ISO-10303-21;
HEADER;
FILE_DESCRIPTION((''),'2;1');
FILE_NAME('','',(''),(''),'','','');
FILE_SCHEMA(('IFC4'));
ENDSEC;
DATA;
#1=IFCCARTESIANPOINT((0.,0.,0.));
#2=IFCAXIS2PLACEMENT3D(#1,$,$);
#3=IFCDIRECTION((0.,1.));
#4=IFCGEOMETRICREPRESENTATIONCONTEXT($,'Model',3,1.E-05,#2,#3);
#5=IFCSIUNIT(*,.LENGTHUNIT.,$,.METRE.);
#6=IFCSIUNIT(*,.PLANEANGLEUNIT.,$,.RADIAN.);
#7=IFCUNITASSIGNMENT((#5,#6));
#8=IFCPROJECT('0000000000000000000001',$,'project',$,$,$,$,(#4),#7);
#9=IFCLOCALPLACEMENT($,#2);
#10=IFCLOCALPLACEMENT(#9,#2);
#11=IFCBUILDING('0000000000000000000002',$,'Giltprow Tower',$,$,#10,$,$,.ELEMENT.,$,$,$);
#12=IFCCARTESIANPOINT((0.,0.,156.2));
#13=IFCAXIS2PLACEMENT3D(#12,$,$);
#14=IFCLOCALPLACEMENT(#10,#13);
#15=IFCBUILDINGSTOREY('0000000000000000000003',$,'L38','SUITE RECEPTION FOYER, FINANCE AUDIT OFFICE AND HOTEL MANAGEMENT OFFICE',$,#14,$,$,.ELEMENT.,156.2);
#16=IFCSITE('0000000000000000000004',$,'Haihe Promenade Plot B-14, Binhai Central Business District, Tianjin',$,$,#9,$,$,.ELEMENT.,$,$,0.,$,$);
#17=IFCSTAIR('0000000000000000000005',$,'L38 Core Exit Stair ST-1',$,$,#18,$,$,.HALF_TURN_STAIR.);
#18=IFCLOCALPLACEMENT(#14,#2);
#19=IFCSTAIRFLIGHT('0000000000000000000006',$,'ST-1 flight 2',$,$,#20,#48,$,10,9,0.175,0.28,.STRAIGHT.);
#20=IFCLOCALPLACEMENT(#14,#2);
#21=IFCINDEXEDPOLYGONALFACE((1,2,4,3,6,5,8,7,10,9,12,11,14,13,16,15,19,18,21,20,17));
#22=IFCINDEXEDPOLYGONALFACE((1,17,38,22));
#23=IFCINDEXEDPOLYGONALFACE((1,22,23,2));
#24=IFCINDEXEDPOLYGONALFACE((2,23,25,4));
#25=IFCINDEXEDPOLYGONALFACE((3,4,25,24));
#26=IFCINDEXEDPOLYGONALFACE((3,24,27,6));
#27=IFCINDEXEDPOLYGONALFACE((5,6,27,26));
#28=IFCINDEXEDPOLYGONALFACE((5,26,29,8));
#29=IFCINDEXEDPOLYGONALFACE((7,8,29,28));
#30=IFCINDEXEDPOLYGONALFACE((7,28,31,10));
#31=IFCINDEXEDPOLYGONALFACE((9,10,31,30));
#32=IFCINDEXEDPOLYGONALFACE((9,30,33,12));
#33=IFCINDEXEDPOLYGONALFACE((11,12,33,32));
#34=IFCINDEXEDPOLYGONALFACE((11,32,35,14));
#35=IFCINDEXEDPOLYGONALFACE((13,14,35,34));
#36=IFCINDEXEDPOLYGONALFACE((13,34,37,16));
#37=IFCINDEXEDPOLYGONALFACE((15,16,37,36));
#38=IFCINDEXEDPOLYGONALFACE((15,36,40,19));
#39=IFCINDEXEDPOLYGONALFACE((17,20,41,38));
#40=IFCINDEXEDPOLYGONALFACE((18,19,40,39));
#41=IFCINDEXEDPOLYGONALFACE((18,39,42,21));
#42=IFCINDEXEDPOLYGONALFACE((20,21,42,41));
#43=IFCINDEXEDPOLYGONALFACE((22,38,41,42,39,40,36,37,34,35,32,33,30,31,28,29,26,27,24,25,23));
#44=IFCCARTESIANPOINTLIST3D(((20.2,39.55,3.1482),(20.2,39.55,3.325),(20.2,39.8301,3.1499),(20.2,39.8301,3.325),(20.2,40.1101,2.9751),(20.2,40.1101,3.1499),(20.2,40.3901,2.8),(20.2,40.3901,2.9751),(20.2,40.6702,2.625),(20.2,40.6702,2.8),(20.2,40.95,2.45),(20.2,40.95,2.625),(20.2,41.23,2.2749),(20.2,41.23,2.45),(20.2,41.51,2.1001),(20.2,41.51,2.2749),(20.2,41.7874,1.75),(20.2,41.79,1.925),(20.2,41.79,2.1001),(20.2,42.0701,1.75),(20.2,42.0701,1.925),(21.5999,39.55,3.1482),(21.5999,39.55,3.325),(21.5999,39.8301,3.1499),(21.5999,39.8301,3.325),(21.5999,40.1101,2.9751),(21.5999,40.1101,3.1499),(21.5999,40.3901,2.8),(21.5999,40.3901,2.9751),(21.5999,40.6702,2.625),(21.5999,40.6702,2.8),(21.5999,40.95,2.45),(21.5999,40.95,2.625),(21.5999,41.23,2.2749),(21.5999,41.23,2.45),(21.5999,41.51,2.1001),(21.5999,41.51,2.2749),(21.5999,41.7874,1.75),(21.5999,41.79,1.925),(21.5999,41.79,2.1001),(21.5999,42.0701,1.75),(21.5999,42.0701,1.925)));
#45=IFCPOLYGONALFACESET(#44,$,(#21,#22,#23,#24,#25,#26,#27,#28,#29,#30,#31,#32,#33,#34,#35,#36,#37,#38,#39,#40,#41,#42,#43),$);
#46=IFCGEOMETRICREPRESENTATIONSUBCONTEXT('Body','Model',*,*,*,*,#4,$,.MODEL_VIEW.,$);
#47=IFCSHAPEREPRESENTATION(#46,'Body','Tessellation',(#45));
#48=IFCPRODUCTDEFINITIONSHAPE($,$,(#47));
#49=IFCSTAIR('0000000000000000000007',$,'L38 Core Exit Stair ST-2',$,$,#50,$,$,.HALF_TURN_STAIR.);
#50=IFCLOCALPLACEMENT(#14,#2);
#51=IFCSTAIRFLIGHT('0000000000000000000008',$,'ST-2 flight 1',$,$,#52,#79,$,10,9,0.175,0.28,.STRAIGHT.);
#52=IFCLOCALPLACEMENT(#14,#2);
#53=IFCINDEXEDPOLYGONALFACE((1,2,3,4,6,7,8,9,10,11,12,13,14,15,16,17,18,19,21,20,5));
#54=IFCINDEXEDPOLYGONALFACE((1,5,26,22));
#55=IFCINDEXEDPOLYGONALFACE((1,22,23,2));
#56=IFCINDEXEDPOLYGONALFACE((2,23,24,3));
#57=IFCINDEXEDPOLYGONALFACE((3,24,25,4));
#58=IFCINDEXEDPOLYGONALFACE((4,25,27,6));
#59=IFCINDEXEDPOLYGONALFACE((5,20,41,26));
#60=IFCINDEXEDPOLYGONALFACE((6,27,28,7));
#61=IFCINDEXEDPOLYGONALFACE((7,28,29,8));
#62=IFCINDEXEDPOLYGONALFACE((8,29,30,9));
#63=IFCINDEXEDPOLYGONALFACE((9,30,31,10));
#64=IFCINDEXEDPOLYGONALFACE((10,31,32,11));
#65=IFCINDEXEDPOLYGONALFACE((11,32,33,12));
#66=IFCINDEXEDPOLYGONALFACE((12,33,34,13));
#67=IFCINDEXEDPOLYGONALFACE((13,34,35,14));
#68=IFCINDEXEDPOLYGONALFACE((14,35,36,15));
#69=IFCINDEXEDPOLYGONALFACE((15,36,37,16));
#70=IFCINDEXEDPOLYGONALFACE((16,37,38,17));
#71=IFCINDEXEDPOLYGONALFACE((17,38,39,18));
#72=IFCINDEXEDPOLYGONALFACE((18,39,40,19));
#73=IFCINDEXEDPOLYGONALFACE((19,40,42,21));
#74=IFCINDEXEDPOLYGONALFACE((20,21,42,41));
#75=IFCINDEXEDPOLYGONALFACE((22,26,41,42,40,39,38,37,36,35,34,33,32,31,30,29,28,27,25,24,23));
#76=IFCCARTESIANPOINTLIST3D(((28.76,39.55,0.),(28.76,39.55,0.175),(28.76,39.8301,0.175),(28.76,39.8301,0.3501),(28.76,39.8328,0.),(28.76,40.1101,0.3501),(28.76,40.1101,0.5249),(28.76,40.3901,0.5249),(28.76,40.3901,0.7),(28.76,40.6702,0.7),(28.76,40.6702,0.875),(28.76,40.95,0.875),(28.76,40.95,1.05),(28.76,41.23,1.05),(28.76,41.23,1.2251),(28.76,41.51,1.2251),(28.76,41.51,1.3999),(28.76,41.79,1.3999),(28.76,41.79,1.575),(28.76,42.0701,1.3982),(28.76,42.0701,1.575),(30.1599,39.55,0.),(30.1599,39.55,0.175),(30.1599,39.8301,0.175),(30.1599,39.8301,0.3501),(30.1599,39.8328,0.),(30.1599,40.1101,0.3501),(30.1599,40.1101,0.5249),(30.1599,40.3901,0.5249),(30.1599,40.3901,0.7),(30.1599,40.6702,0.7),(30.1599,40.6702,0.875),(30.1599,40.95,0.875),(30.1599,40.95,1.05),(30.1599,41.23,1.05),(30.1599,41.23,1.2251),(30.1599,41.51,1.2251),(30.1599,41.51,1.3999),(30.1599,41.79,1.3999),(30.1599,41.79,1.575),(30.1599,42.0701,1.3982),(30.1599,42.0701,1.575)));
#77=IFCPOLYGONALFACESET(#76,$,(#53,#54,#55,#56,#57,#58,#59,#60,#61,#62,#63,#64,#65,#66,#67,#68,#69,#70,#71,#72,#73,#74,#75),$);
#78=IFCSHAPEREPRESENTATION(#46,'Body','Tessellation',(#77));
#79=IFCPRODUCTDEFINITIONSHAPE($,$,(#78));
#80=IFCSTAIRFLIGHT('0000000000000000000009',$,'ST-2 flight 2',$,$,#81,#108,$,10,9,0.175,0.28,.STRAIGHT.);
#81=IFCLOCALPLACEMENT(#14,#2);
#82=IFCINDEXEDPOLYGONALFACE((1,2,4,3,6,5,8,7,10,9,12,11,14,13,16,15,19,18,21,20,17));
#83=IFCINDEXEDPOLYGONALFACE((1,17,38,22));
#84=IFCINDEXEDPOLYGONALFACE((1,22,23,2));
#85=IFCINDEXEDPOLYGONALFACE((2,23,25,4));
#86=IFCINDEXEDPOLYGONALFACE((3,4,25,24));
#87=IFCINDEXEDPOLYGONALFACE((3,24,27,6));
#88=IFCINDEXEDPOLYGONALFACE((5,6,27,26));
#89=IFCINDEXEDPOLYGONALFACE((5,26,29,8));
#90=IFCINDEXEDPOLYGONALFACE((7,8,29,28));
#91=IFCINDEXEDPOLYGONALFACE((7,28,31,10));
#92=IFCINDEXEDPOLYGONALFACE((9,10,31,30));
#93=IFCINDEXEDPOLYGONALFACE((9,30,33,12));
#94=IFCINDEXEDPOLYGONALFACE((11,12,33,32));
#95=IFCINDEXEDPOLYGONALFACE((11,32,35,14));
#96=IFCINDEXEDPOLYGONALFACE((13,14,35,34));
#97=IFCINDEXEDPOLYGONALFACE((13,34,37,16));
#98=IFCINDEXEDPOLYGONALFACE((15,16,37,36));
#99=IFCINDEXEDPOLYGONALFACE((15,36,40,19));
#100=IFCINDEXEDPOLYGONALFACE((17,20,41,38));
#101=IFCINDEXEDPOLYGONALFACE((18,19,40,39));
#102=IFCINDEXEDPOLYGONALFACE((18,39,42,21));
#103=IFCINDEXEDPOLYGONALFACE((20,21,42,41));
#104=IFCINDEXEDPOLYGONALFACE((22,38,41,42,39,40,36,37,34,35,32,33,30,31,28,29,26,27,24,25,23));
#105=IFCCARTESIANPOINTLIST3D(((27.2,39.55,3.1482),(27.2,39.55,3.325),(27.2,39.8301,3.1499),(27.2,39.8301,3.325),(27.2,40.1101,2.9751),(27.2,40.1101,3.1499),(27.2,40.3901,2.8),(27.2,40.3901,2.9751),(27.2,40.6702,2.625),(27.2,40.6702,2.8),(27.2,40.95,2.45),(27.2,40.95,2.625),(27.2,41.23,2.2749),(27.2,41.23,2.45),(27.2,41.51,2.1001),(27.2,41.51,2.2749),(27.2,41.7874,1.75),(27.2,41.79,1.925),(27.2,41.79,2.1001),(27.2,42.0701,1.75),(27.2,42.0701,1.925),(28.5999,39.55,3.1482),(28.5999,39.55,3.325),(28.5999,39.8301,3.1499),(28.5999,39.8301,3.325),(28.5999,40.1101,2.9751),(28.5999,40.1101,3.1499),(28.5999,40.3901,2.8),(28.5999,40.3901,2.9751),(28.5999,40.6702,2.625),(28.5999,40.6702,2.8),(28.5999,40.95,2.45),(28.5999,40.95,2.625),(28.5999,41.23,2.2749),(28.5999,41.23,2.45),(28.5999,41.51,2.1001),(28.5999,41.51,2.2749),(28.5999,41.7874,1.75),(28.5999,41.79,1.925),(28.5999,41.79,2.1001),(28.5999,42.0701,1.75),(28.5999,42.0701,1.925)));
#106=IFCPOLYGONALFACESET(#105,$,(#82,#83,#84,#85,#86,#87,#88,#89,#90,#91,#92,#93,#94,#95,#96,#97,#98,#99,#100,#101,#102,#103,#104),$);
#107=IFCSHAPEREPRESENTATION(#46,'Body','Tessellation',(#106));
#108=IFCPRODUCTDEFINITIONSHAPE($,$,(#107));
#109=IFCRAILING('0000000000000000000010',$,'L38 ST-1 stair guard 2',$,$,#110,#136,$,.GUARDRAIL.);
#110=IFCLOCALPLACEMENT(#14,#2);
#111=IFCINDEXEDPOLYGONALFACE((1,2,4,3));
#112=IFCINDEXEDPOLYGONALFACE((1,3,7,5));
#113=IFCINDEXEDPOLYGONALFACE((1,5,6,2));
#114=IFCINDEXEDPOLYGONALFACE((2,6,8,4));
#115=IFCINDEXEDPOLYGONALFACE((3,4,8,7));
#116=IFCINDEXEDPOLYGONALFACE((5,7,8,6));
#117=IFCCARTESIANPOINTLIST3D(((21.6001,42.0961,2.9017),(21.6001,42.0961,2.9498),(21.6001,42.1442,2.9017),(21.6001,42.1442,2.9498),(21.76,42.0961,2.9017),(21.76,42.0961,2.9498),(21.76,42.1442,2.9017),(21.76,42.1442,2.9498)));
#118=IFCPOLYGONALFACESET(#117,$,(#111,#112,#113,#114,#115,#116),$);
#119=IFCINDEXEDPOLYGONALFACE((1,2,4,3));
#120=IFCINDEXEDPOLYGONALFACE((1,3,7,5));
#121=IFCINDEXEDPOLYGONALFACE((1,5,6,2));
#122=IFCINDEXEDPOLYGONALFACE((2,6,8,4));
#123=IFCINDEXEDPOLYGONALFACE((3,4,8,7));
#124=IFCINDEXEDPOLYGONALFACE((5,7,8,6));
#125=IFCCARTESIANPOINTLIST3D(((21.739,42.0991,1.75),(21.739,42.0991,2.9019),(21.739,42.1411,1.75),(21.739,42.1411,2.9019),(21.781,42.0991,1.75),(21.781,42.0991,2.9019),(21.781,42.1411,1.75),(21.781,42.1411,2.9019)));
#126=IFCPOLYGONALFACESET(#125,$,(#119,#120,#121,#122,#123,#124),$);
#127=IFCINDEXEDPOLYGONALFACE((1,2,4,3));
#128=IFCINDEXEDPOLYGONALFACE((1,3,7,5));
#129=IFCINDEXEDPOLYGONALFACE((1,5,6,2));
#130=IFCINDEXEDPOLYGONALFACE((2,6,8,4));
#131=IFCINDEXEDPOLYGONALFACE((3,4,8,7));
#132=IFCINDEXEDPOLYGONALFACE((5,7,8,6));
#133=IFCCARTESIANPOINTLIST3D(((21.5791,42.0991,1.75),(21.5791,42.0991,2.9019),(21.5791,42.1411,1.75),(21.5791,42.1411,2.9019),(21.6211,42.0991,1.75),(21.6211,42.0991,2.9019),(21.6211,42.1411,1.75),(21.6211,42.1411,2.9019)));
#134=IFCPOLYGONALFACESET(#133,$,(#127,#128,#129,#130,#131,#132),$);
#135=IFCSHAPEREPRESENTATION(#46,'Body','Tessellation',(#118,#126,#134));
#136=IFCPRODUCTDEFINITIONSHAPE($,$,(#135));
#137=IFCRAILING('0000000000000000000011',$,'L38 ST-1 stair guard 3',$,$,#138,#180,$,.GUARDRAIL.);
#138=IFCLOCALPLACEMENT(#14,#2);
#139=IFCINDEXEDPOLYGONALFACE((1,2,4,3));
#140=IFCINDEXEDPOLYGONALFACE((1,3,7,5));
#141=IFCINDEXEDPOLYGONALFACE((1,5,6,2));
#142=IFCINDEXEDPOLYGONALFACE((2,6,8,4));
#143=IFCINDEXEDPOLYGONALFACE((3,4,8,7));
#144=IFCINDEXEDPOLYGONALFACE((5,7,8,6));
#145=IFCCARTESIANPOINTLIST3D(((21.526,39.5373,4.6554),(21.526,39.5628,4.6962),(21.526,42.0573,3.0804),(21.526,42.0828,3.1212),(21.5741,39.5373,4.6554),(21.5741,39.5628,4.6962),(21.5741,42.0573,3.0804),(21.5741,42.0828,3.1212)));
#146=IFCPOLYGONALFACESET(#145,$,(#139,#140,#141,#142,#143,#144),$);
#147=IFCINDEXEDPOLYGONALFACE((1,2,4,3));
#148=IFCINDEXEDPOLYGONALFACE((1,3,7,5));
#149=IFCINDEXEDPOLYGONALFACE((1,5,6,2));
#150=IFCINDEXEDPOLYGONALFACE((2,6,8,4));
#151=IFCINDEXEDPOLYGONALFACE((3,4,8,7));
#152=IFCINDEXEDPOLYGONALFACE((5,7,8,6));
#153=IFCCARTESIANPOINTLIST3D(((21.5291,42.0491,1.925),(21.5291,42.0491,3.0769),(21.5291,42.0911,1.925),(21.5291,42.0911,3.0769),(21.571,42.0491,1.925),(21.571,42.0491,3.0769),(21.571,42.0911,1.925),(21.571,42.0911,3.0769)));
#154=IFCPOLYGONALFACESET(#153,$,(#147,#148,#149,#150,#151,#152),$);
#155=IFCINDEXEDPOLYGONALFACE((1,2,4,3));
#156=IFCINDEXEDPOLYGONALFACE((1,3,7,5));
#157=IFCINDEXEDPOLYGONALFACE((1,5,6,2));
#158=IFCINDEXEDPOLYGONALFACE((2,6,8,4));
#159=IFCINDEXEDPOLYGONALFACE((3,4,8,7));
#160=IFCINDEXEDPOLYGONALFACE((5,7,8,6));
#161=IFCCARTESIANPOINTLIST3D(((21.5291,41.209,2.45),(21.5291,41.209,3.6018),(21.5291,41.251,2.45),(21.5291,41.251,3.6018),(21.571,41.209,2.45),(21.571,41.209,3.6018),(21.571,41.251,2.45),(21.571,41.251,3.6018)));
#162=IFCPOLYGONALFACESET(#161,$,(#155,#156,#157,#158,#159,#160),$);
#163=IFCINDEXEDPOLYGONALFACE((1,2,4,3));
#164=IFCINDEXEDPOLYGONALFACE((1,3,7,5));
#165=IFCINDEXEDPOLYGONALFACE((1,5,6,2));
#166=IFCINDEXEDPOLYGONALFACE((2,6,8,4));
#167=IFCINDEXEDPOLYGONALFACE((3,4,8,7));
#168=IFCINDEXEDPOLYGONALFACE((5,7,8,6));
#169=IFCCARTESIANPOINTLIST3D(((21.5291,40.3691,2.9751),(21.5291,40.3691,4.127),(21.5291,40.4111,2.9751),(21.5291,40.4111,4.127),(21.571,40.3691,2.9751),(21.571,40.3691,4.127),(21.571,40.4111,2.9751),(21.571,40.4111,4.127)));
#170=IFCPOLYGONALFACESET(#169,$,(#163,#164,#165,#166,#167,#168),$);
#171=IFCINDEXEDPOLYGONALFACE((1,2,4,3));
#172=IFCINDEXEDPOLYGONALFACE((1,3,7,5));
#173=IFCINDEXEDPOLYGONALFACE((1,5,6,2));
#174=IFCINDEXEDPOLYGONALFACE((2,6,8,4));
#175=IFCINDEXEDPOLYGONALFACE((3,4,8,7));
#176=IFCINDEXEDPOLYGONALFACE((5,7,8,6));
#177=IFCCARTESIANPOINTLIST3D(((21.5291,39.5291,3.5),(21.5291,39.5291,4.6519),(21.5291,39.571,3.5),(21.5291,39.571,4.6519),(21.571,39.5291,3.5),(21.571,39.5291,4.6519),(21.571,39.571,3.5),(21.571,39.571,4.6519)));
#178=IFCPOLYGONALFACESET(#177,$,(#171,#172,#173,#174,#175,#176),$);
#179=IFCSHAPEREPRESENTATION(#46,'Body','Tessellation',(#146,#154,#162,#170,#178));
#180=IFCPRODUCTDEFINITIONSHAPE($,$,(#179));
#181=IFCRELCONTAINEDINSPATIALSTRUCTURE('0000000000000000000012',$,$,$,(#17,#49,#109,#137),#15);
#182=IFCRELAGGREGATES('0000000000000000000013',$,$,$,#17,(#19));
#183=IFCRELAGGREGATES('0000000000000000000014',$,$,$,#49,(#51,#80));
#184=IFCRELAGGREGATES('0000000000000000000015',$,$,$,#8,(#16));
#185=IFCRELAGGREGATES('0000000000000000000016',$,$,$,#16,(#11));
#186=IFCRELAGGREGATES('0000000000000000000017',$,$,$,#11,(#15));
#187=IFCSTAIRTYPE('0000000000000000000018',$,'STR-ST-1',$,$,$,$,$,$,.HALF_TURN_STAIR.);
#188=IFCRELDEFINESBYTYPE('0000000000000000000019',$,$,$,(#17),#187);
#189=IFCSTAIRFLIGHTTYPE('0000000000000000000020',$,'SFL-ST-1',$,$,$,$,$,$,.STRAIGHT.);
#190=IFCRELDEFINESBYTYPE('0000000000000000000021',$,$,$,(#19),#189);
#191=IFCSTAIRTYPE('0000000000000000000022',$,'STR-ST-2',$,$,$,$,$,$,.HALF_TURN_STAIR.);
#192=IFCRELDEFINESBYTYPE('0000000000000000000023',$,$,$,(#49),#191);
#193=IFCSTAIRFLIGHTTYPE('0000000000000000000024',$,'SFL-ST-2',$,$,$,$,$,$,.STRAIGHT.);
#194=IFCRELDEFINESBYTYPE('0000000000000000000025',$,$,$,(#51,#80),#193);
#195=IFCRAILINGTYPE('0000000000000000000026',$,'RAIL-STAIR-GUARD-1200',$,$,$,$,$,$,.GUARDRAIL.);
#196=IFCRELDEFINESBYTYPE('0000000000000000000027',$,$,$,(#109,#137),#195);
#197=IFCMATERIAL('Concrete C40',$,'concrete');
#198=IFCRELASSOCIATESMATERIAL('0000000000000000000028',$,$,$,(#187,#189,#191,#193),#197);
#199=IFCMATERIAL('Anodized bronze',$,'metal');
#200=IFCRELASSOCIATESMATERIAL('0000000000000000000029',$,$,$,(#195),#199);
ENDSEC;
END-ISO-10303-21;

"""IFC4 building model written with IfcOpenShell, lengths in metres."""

from ifc_helpers import new_model, si_unit, direction, frame, origin, origin_2d, place, context, subcontext, project, spatial, polyline, rectangle, outline, extrude, material, type_object, element, aggregate, save


model = new_model("IFC4")

# Units and contexts
model_context = context("Model", 3, precision=1e-05, world=origin(), true_north=direction((0.0, 1.0)))
body_context = subcontext(model_context, "Body", "Model", "MODEL_VIEW")
ifc_project = project(units=[si_unit("LENGTHUNIT", "METRE"), si_unit("PLANEANGLEUNIT", "RADIAN")], contexts=[model_context])

# Site, building, storey
site_placement = place(None, origin())
site = spatial("IfcSite", under=ifc_project, at=site_placement, Name="Haihe Promenade Plot B-14, Binhai Central Business District, Tianjin", CompositionType="ELEMENT", RefElevation=0.0)
building_placement = place(site_placement, origin())
building = spatial("IfcBuilding", under=site, at=building_placement, Name="Giltprow Tower", CompositionType="ELEMENT")
storey_placement = place(building_placement, frame((0.0, 0.0, 156.2)))
storey = spatial("IfcBuildingStorey", under=building, at=storey_placement, Name="L38", Description="SUITE RECEPTION FOYER, FINANCE AUDIT OFFICE AND HOTEL MANAGEMENT OFFICE", CompositionType="ELEMENT", Elevation=156.2)

# Shared definitions
ifc_material_1 = material(Name="Concrete C40", Category="concrete")

# Stair, stair flight
stair_type_1 = type_object("IfcStairType", Name="STR-ST-1", PredefinedType="HALF_TURN_STAIR", material=ifc_material_1)
stair_1_placement = place(storey_placement, origin())
stair_1 = element("IfcStair", 1, at=stair_1_placement, inside=storey, type_object=stair_type_1, Name="L38 Core Exit Stair ST-1", PredefinedType="HALF_TURN_STAIR")
stair_flight_type_1 = type_object("IfcStairFlightType", Name="SFL-ST-1", PredefinedType="STRAIGHT", material=ifc_material_1)
stair_flight_1_placement = place(storey_placement, frame((20.8999, 42.0701, 1.75), z_axis=(0.0, 0.0, 1.0), x_axis=(0.0, -1.0, 0.0)))
stair_flight_1 = element("IfcStairFlight", 2, at=stair_flight_1_placement, type_object=stair_flight_type_1, Name="ST-1 flight 2", NumberOfRisers=10, NumberOfTreads=9, PredefinedType="STRAIGHT", RiserHeight=0.175, TreadLength=0.28, context=body_context, shape_type="SweptSolid", body=[
    extrude(outline(polyline([(0.0, 0.0), (0.0, 0.175), (0.28, 0.175), (0.28, 0.3501), (0.5601, 0.3501), (0.5601, 0.5249), (0.8401, 0.5249), (0.8401, 0.7), (1.1201, 0.7), (1.1201, 0.875), (1.3999, 0.875), (1.3999, 1.05), (1.6799, 1.05), (1.6799, 1.2251), (1.96, 1.2251), (1.96, 1.3999), (2.24, 1.3999), (2.24, 1.575), (2.52, 1.575), (2.52, 1.75), (2.52, 1.3982), (0.2827, 0.0), (0.0, 0.0)])), frame((0.0, 0.7, 0.0), z_axis=(0.0, -1.0, 0.0), x_axis=(1.0, 0.0, 0.0)), (0.0, 0.0, 1.0), 1.3999),
])
aggregate(stair_1, [stair_flight_1])

# Stair, stair flights
stair_type_2 = type_object("IfcStairType", Name="STR-ST-2", PredefinedType="HALF_TURN_STAIR", material=ifc_material_1)
stair_2_placement = place(storey_placement, origin())
stair_2 = element("IfcStair", 3, at=stair_2_placement, inside=storey, type_object=stair_type_2, Name="L38 Core Exit Stair ST-2", PredefinedType="HALF_TURN_STAIR")
stair_flight_type_2 = type_object("IfcStairFlightType", Name="SFL-ST-2", PredefinedType="STRAIGHT", material=ifc_material_1)
stair_flight_2_placement = place(storey_placement, frame((29.46, 39.55, 0.0), z_axis=(0.0, 0.0, 1.0), x_axis=(0.0, 1.0, 0.0)))
stair_flight_2 = element("IfcStairFlight", 4, at=stair_flight_2_placement, type_object=stair_flight_type_2, Name="ST-2 flight 1", NumberOfRisers=10, NumberOfTreads=9, PredefinedType="STRAIGHT", RiserHeight=0.175, TreadLength=0.28, context=body_context, shape_type="SweptSolid", body=[
    extrude(outline(polyline([(0.0, 0.0), (0.0, 0.175), (0.28, 0.175), (0.28, 0.3501), (0.5601, 0.3501), (0.5601, 0.5249), (0.8401, 0.5249), (0.8401, 0.7), (1.1201, 0.7), (1.1201, 0.875), (1.3999, 0.875), (1.3999, 1.05), (1.6799, 1.05), (1.6799, 1.2251), (1.96, 1.2251), (1.96, 1.3999), (2.24, 1.3999), (2.24, 1.575), (2.52, 1.575), (2.52, 1.75), (2.52, 1.3982), (0.2827, 0.0), (0.0, 0.0)])), frame((0.0, 0.7, 0.0), z_axis=(0.0, -1.0, 0.0), x_axis=(1.0, 0.0, 0.0)), (0.0, 0.0, 1.0), 1.3999),
])
stair_flight_3_placement = place(storey_placement, frame((27.8999, 42.0701, 1.75), z_axis=(0.0, 0.0, 1.0), x_axis=(0.0, -1.0, 0.0)))
stair_flight_3 = element("IfcStairFlight", 5, at=stair_flight_3_placement, type_object=stair_flight_type_2, Name="ST-2 flight 2", NumberOfRisers=10, NumberOfTreads=9, PredefinedType="STRAIGHT", RiserHeight=0.175, TreadLength=0.28, context=body_context, shape_type="SweptSolid", body=[
    extrude(outline(polyline([(0.0, 0.0), (0.0, 0.175), (0.28, 0.175), (0.28, 0.3501), (0.5601, 0.3501), (0.5601, 0.5249), (0.8401, 0.5249), (0.8401, 0.7), (1.1201, 0.7), (1.1201, 0.875), (1.3999, 0.875), (1.3999, 1.05), (1.6799, 1.05), (1.6799, 1.2251), (1.96, 1.2251), (1.96, 1.3999), (2.24, 1.3999), (2.24, 1.575), (2.52, 1.575), (2.52, 1.75), (2.52, 1.3982), (0.2827, 0.0), (0.0, 0.0)])), frame((0.0, 0.7, 0.0), z_axis=(0.0, -1.0, 0.0), x_axis=(1.0, 0.0, 0.0)), (0.0, 0.0, 1.0), 1.3999),
])
aggregate(stair_2, [stair_flight_2, stair_flight_3])

# Railings
ifc_material_2 = material(Name="Anodized bronze", Category="metal")
railing_type_1 = type_object("IfcRailingType", Name="RAIL-STAIR-GUARD-1200", PredefinedType="GUARDRAIL", material=ifc_material_2)
railing_1_placement = place(storey_placement, frame((21.76, 42.1201, 1.75)))
element("IfcRailing", 6, at=railing_1_placement, inside=storey, type_object=railing_type_1, Name="L38 ST-1 stair guard 2", PredefinedType="GUARDRAIL", context=body_context, shape_type="SweptSolid", body=[
    extrude(rectangle(XDim=0.0481, YDim=0.0481, at=origin_2d()), frame((0.0, 0.0, 1.1758), z_axis=(-1.0, 0.0, 0.0), x_axis=(0.0, -1.0, 0.0)), (0.0, 0.0, 1.0), 0.1599),
    extrude(rectangle(XDim=0.042, YDim=0.042, at=origin_2d()), origin(), (0.0, 0.0, 1.0), 1.1519),
    extrude(rectangle(XDim=0.042, YDim=0.042, at=origin_2d()), frame((-0.1599, 0.0, 0.0)), (0.0, 0.0, 1.0), 1.1519),
])
railing_2_placement = place(storey_placement, frame((21.55, 42.0701, 1.925)))
element("IfcRailing", 7, at=railing_2_placement, inside=storey, type_object=railing_type_1, Name="L38 ST-1 stair guard 3", PredefinedType="GUARDRAIL", context=body_context, shape_type="SweptSolid", body=[
    extrude(rectangle(XDim=0.0481, YDim=0.0481, at=origin_2d()), frame((0.0, 0.0, 1.1758), z_axis=(0.0, -0.848008, 0.529984), x_axis=(1.0, 0.0, 0.0)), (0.0, 0.0, 1.0), 2.9717),
    extrude(rectangle(XDim=0.042, YDim=0.042, at=origin_2d()), origin(), (0.0, 0.0, 1.0), 1.1519),
    extrude(rectangle(XDim=0.042, YDim=0.042, at=origin_2d()), frame((0.0, -0.8401, 0.5249)), (0.0, 0.0, 1.0), 1.1519),
    extrude(rectangle(XDim=0.042, YDim=0.042, at=origin_2d()), frame((0.0, -1.6799, 1.05)), (0.0, 0.0, 1.0), 1.1519),
    extrude(rectangle(XDim=0.042, YDim=0.042, at=origin_2d()), frame((0.0, -2.52, 1.575)), (0.0, 0.0, 1.0), 1.1519),
])

save(model, "model.ifc")
